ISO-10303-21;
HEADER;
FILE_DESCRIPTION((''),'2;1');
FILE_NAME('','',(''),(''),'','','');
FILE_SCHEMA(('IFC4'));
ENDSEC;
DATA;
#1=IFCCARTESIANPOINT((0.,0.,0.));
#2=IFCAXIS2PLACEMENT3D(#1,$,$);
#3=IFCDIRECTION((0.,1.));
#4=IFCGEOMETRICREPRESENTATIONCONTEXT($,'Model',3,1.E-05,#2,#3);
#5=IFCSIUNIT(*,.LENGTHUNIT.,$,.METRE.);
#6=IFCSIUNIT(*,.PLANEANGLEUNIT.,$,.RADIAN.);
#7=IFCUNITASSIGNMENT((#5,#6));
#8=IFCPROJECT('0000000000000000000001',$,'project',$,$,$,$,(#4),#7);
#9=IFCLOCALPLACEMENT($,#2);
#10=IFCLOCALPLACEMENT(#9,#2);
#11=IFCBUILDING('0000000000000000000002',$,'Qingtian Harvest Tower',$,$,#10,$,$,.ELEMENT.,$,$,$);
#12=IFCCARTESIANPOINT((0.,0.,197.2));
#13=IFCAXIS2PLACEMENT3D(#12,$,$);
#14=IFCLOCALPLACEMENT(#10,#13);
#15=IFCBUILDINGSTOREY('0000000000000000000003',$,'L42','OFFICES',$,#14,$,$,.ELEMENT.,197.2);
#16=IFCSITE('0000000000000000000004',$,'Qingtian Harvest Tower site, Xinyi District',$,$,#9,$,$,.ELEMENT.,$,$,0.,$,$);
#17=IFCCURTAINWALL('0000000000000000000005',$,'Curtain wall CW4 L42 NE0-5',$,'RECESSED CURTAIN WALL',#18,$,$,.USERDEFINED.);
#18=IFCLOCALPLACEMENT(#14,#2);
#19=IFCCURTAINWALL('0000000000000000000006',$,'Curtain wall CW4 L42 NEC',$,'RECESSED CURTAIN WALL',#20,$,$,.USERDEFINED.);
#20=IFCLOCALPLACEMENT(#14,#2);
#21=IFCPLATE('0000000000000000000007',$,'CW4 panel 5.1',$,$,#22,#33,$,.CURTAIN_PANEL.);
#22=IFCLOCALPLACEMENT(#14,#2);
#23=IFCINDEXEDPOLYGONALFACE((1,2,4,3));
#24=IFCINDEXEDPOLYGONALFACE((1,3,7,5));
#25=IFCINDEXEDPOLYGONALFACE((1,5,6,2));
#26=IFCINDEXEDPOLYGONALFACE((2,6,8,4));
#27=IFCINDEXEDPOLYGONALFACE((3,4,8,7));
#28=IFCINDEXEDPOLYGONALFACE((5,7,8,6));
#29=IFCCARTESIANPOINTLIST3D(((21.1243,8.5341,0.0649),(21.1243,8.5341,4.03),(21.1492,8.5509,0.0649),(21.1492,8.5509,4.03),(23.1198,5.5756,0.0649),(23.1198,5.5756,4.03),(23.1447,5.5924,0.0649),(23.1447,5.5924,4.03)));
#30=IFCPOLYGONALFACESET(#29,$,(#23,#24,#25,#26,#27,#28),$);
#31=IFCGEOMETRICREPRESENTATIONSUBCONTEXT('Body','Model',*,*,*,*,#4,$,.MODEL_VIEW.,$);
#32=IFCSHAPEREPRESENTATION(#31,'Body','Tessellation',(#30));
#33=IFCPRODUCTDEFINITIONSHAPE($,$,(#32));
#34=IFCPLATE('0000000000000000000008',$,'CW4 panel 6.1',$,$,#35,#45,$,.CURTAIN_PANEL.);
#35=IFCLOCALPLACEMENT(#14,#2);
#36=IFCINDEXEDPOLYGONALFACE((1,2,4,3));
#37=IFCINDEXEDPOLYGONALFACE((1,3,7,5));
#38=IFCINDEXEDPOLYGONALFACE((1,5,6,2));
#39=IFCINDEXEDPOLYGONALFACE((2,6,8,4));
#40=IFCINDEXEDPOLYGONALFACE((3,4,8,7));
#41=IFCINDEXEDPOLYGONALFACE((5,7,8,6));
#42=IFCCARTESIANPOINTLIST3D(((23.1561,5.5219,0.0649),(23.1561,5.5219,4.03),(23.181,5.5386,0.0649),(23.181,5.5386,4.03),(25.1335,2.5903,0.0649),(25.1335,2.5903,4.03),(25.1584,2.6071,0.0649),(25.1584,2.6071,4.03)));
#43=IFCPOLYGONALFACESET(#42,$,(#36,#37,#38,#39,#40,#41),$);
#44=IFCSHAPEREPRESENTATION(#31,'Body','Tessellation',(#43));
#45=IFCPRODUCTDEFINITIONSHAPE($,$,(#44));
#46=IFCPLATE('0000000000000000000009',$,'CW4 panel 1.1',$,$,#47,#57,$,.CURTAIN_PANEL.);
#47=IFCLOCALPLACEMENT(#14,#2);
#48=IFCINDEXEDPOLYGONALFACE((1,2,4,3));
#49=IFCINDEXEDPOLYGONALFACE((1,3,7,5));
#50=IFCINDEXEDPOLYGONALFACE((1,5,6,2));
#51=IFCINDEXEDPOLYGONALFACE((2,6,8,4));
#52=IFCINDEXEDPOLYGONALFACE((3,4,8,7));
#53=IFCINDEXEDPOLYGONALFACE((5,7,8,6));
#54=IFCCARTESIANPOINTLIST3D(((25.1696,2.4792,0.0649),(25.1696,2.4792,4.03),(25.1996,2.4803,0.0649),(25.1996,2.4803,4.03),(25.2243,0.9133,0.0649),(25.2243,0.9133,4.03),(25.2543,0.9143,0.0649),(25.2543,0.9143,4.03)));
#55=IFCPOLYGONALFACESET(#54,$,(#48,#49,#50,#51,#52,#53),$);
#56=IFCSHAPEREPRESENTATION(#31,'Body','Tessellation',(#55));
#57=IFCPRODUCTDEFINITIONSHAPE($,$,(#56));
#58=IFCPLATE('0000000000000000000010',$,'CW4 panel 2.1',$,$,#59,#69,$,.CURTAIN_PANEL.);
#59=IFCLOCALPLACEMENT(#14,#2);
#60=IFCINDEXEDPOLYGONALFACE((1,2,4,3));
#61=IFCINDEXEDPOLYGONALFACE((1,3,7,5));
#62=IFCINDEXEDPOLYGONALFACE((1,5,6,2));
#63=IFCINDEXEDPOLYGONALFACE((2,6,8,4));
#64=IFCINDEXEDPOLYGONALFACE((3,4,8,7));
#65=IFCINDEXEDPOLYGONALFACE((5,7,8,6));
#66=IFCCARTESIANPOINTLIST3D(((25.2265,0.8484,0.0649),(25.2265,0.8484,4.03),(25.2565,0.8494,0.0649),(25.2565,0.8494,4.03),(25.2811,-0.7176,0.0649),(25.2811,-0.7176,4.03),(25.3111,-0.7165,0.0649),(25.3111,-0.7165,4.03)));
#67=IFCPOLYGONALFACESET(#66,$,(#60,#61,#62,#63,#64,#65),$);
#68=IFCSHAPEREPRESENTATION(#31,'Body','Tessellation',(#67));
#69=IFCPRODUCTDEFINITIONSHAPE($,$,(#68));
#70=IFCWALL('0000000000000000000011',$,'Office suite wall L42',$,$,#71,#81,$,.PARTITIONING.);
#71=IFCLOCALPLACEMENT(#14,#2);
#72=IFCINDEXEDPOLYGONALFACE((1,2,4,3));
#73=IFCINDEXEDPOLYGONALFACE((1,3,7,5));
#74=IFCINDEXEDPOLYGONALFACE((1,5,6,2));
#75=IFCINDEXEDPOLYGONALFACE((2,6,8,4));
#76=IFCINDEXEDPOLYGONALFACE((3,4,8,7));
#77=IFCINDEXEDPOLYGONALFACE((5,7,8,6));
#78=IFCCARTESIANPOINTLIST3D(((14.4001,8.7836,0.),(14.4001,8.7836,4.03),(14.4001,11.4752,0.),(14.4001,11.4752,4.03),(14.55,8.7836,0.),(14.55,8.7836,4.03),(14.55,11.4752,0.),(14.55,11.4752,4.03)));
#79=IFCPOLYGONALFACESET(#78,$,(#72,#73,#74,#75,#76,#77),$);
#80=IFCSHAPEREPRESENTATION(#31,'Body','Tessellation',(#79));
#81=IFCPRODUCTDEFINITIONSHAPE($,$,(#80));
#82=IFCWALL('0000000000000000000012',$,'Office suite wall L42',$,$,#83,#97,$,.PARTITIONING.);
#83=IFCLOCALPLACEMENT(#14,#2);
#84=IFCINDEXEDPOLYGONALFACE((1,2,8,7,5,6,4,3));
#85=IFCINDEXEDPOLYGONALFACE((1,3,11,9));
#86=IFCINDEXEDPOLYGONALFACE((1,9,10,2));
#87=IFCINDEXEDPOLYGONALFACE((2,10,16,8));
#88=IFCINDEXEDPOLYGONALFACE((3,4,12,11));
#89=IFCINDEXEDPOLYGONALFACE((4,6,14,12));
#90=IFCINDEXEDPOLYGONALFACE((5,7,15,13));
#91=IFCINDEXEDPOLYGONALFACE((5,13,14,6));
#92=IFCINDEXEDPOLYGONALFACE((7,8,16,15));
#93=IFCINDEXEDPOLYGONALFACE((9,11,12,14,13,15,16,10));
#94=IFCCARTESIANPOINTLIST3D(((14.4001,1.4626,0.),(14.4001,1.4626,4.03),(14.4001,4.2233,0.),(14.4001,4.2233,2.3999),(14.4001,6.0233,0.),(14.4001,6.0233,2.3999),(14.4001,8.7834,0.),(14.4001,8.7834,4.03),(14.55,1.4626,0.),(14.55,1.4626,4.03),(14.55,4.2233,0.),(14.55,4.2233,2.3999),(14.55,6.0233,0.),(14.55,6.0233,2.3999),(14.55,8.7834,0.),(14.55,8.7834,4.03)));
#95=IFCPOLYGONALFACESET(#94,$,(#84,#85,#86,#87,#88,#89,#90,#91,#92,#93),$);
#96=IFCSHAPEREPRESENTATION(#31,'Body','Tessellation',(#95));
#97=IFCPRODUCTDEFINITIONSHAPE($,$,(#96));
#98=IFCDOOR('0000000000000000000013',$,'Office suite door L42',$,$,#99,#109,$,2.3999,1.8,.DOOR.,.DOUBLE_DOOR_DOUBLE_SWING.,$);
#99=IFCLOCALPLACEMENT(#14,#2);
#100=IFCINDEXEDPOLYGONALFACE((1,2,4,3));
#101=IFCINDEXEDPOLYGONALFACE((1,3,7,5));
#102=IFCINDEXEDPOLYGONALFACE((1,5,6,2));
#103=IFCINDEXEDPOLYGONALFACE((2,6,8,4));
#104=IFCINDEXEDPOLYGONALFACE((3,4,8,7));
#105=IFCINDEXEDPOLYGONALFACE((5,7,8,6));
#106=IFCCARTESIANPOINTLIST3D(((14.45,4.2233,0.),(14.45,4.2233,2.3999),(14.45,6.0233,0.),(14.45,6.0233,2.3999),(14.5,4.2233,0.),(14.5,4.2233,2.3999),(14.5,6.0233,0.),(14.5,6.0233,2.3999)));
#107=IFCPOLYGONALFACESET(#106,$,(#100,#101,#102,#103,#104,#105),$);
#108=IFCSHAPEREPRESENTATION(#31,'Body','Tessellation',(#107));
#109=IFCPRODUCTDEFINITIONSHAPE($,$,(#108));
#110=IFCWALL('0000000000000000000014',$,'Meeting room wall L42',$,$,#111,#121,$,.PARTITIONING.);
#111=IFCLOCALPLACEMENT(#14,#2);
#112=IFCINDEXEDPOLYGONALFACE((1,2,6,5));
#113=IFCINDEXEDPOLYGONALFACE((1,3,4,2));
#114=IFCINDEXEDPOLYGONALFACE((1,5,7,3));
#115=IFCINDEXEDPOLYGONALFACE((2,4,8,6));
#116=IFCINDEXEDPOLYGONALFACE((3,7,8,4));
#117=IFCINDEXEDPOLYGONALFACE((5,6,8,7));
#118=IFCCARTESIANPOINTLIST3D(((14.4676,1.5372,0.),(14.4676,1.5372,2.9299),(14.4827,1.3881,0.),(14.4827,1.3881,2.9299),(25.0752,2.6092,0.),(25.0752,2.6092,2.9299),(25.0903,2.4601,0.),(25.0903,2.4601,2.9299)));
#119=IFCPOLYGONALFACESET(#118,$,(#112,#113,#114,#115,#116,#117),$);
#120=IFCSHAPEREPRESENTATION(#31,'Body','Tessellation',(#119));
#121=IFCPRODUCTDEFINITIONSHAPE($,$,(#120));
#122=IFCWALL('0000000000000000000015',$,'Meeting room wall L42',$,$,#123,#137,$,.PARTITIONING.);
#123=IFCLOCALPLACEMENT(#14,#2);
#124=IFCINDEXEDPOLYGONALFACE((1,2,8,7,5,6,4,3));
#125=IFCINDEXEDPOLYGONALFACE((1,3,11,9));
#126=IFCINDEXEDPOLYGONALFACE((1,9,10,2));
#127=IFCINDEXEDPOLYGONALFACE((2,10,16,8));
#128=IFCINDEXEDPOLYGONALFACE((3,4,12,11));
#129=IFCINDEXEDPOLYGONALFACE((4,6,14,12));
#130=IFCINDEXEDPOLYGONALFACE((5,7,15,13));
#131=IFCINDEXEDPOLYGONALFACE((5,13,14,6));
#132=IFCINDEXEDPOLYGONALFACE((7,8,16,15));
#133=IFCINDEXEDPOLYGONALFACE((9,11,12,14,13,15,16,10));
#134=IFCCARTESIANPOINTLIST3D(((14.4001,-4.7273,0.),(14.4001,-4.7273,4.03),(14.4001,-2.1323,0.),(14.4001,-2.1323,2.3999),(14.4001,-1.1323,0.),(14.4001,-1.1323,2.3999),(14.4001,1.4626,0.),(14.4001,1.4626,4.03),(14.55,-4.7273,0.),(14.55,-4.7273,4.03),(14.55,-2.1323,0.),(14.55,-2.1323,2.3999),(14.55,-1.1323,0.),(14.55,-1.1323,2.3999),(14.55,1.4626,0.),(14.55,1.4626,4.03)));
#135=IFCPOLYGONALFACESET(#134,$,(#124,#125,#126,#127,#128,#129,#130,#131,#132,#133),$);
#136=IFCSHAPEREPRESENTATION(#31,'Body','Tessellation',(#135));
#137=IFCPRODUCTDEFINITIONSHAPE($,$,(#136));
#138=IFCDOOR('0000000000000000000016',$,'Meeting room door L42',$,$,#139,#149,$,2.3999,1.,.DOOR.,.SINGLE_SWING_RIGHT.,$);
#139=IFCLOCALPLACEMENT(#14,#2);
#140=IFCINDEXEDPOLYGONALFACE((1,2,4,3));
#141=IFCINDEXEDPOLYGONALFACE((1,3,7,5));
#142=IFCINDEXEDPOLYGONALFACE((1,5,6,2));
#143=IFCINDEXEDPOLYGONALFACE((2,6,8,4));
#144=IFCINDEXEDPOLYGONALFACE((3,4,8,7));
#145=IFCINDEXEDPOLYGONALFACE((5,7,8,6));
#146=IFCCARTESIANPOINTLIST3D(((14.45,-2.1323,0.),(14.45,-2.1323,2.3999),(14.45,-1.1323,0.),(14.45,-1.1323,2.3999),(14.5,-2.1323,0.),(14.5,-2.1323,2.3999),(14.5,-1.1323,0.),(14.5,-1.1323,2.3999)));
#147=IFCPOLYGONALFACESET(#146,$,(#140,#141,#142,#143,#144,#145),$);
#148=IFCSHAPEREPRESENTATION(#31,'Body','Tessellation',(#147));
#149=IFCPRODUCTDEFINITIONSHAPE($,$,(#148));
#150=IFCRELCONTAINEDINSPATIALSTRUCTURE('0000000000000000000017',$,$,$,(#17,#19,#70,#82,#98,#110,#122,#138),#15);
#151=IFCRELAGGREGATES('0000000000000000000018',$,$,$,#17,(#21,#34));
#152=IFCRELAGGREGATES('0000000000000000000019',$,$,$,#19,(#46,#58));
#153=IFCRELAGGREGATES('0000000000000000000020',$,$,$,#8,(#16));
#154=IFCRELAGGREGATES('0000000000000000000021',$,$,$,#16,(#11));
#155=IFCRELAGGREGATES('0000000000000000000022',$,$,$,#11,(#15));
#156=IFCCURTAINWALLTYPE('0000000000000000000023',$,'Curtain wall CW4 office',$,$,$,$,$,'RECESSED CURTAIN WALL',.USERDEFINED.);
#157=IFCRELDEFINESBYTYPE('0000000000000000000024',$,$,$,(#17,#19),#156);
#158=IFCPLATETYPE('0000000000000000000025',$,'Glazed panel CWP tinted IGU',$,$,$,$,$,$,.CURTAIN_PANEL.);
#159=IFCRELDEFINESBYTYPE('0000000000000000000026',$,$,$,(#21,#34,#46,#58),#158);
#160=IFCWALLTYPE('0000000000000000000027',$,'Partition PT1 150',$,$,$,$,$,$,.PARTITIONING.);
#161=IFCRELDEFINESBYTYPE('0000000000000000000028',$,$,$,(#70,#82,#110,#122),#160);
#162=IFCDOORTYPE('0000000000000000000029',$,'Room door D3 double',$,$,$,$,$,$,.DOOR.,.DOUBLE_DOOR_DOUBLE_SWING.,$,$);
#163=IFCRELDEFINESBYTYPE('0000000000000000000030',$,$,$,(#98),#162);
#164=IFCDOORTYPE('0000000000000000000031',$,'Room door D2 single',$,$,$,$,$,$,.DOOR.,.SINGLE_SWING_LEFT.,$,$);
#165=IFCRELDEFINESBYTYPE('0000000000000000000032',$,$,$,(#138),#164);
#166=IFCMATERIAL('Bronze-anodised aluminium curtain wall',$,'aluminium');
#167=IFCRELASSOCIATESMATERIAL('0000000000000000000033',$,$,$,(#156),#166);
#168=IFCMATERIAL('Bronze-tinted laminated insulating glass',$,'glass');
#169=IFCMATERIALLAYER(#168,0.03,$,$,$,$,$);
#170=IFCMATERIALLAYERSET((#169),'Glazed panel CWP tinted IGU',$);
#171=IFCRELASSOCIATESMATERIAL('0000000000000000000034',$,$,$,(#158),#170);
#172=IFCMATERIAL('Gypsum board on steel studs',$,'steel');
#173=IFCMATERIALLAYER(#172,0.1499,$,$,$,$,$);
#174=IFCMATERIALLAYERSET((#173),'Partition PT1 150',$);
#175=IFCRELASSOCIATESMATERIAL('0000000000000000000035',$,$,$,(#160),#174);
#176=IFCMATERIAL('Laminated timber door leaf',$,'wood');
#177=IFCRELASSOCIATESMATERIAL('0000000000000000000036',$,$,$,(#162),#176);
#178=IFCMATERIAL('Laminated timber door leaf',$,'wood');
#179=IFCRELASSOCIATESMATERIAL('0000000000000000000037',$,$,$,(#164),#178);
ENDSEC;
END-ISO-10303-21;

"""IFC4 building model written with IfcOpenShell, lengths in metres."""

from ifc_helpers import new_model, si_unit, direction, frame, frame_2d, origin, origin_2d, place, context, subcontext, project, spatial, rectangle, extrude, material, layer, layer_set, type_object, element, fill, aggregate, save


model = new_model("IFC4")

# Units and contexts
model_context = context("Model", 3, precision=1e-05, world=origin(), true_north=direction((0.0, 1.0)))
body_context = subcontext(model_context, "Body", "Model", "MODEL_VIEW")
ifc_project = project(units=[si_unit("LENGTHUNIT", "METRE"), si_unit("PLANEANGLEUNIT", "RADIAN")], contexts=[model_context])

# Site, building, storey
site_placement = place(None, origin())
site = spatial("IfcSite", under=ifc_project, at=site_placement, Name="Qingtian Harvest Tower site, Xinyi District", CompositionType="ELEMENT", RefElevation=0.0)
building_placement = place(site_placement, origin())
building = spatial("IfcBuilding", under=site, at=building_placement, Name="Qingtian Harvest Tower", CompositionType="ELEMENT")
storey_placement = place(building_placement, frame((0.0, 0.0, 197.2)))
storey = spatial("IfcBuildingStorey", under=building, at=storey_placement, Name="L42", Description="OFFICES", CompositionType="ELEMENT", Elevation=197.2)

# Curtain walls
ifc_material_1 = material(Name="Bronze-anodised aluminium curtain wall", Category="aluminium")
curtain_wall_type = type_object("IfcCurtainWallType", Name="Curtain wall CW4 office", ElementType="RECESSED CURTAIN WALL", PredefinedType="USERDEFINED", material=ifc_material_1)
curtain_wall_1_placement = place(storey_placement, origin())
curtain_wall_1 = element("IfcCurtainWall", 1, at=curtain_wall_1_placement, inside=storey, type_object=curtain_wall_type, Name="Curtain wall CW4 L42 NE0-5", ObjectType="RECESSED CURTAIN WALL", PredefinedType="USERDEFINED")
curtain_wall_2_placement = place(storey_placement, origin())
curtain_wall_2 = element("IfcCurtainWall", 2, at=curtain_wall_2_placement, inside=storey, type_object=curtain_wall_type, Name="Curtain wall CW4 L42 NEC", ObjectType="RECESSED CURTAIN WALL", PredefinedType="USERDEFINED")

# Plates
ifc_material_2 = material(Name="Bronze-tinted laminated insulating glass", Category="glass")
ifc_layer_1 = layer(ifc_material_2, 0.03)
ifc_layer_set_1 = layer_set([ifc_layer_1], Name="Glazed panel CWP tinted IGU")
plate_type = type_object("IfcPlateType", Name="Glazed panel CWP tinted IGU", PredefinedType="CURTAIN_PANEL", material=ifc_layer_set_1)
plate_1_placement = place(storey_placement, frame((22.1345, 7.0632, 0.0649), z_axis=(0.0, 0.0, 1.0), x_axis=(0.559193, -0.829038, 0.0)))
plate_1 = element("IfcPlate", 3, at=plate_1_placement, type_object=plate_type, Name="CW4 panel 5.1", PredefinedType="CURTAIN_PANEL", context=body_context, shape_type="SweptSolid", body=[
    extrude(rectangle(XDim=3.5686, YDim=0.03, at=origin_2d()), origin(), (0.0, 0.0, 1.0), 3.9651),
])
plate_2_placement = place(storey_placement, frame((24.1572, 4.0645, 0.0649), z_axis=(0.0, 0.0, 1.0), x_axis=(0.559193, -0.829038, 0.0)))
plate_2 = element("IfcPlate", 4, at=plate_2_placement, type_object=plate_type, Name="CW4 panel 6.1", PredefinedType="CURTAIN_PANEL", context=body_context, shape_type="SweptSolid", body=[
    extrude(rectangle(XDim=3.5361, YDim=0.03, at=origin_2d()), origin(), (0.0, 0.0, 1.0), 3.9651),
])
aggregate(curtain_wall_1, [plate_1, plate_2])
plate_3_placement = place(storey_placement, frame((25.2119, 1.6968, 0.0649), z_axis=(0.0, 0.0, 1.0), x_axis=(0.034899, -0.999391, 0.0)))
plate_3 = element("IfcPlate", 5, at=plate_3_placement, type_object=plate_type, Name="CW4 panel 1.1", PredefinedType="CURTAIN_PANEL", context=body_context, shape_type="SweptSolid", body=[
    extrude(rectangle(XDim=1.5669, YDim=0.03, at=origin_2d()), origin(), (0.0, 0.0, 1.0), 3.9651),
])
plate_4_placement = place(storey_placement, frame((25.2688, 0.0659, 0.0649), z_axis=(0.0, 0.0, 1.0), x_axis=(0.034899, -0.999391, 0.0)))
plate_4 = element("IfcPlate", 6, at=plate_4_placement, type_object=plate_type, Name="CW4 panel 2.1", PredefinedType="CURTAIN_PANEL", context=body_context, shape_type="SweptSolid", body=[
    extrude(rectangle(XDim=1.5669, YDim=0.03, at=origin_2d()), origin(), (0.0, 0.0, 1.0), 3.9651),
])
aggregate(curtain_wall_2, [plate_3, plate_4])

# Wall
ifc_material_3 = material(Name="Gypsum board on steel studs", Category="steel")
ifc_layer_2 = layer(ifc_material_3, 0.1499)
ifc_layer_set_2 = layer_set([ifc_layer_2], Name="Partition PT1 150")
wall_type = type_object("IfcWallType", Name="Partition PT1 150", PredefinedType="PARTITIONING", material=ifc_layer_set_2)
wall_1_placement = place(storey_placement, frame((14.4751, 11.4751, 0.0), z_axis=(0.0, 0.0, 1.0), x_axis=(0.0, -1.0, 0.0)))
element("IfcWall", 7, at=wall_1_placement, inside=storey, type_object=wall_type, Name="Office suite wall L42", PredefinedType="PARTITIONING", context=body_context, shape_type="SweptSolid", body=[
    extrude(rectangle(XDim=2.6917, YDim=0.1499, at=frame_2d((1.3457, 0.0))), origin(), (0.0, 0.0, 1.0), 4.03),
])

# Wall, opening, door
wall_2_placement = place(storey_placement, frame((14.4751, 8.7834, 0.0), z_axis=(0.0, 0.0, 1.0), x_axis=(0.0, -1.0, 0.0)))
wall_2 = element("IfcWall", 8, at=wall_2_placement, inside=storey, type_object=wall_type, Name="Office suite wall L42", PredefinedType="PARTITIONING", context=body_context, shape_type="SweptSolid", body=[
    extrude(rectangle(XDim=7.3208, YDim=0.1499, at=frame_2d((3.6604, 0.0))), origin(), (0.0, 0.0, 1.0), 4.03),
])
opening_1_placement = place(wall_2_placement, frame((2.7603, 0.0, 0.0)))
opening_1 = element("IfcOpeningElement", 9, at=opening_1_placement, cuts=wall_2, PredefinedType="OPENING", context=body_context, shape_type="SweptSolid", body=[
    extrude(rectangle(XDim=1.8, YDim=2.3999, at=frame_2d((0.8999, 1.2))), frame((0.0, 0.085, 0.0), z_axis=(0.0, -1.0, 0.0), x_axis=(1.0, 0.0, 0.0)), (0.0, 0.0, 1.0), 0.1699),
])
ifc_material_4 = material(Name="Laminated timber door leaf", Category="wood")
door_type_1 = type_object("IfcDoorType", Name="Room door D3 double", OperationType="DOUBLE_DOOR_DOUBLE_SWING", PredefinedType="DOOR", material=ifc_material_4)
door_1_placement = place(opening_1_placement, origin())
door_1 = element("IfcDoor", 10, at=door_1_placement, inside=storey, type_object=door_type_1, Name="Office suite door L42", OperationType="DOUBLE_DOOR_DOUBLE_SWING", OverallHeight=2.3999, OverallWidth=1.8, PredefinedType="DOOR", context=body_context, shape_type="SweptSolid", body=[
    extrude(rectangle(XDim=1.8, YDim=2.3999, at=frame_2d((0.8999, 1.2))), frame((0.0, 0.0249, 0.0), z_axis=(0.0, -1.0, 0.0), x_axis=(1.0, 0.0, 0.0)), (0.0, 0.0, 1.0), 0.05),
])
fill(opening_1, door_1)

# Wall
wall_3_placement = place(storey_placement, frame((25.0828, 2.5347, 0.0), z_axis=(0.0, 0.0, 1.0), x_axis=(-0.994932, -0.100549, 0.0)))
element("IfcWall", 11, at=wall_3_placement, inside=storey, type_object=wall_type, Name="Meeting room wall L42", PredefinedType="PARTITIONING", context=body_context, shape_type="SweptSolid", body=[
    extrude(rectangle(XDim=10.6616, YDim=0.1499, at=frame_2d((5.3308, 0.0))), origin(), (0.0, 0.0, 1.0), 2.9299),
])

# Wall, opening, door
wall_4_placement = place(storey_placement, frame((14.4751, 1.4626, 0.0), z_axis=(0.0, 0.0, 1.0), x_axis=(0.0, -1.0, 0.0)))
wall_4 = element("IfcWall", 12, at=wall_4_placement, inside=storey, type_object=wall_type, Name="Meeting room wall L42", PredefinedType="PARTITIONING", context=body_context, shape_type="SweptSolid", body=[
    extrude(rectangle(XDim=6.1899, YDim=0.1499, at=frame_2d((3.095, 0.0))), origin(), (0.0, 0.0, 1.0), 4.03),
])
opening_2_placement = place(wall_4_placement, frame((2.595, 0.0, 0.0)))
opening_2 = element("IfcOpeningElement", 13, at=opening_2_placement, cuts=wall_4, PredefinedType="OPENING", context=body_context, shape_type="SweptSolid", body=[
    extrude(rectangle(XDim=1.0, YDim=2.3999, at=frame_2d((0.5, 1.2))), frame((0.0, 0.085, 0.0), z_axis=(0.0, -1.0, 0.0), x_axis=(1.0, 0.0, 0.0)), (0.0, 0.0, 1.0), 0.1699),
])
ifc_material_5 = material(Name="Laminated timber door leaf", Category="wood")
door_type_2 = type_object("IfcDoorType", Name="Room door D2 single", OperationType="SINGLE_SWING_LEFT", PredefinedType="DOOR", material=ifc_material_5)
door_2_placement = place(opening_2_placement, origin())
door_2 = element("IfcDoor", 14, at=door_2_placement, inside=storey, type_object=door_type_2, Name="Meeting room door L42", OperationType="SINGLE_SWING_RIGHT", OverallHeight=2.3999, OverallWidth=1.0, PredefinedType="DOOR", context=body_context, shape_type="SweptSolid", body=[
    extrude(rectangle(XDim=1.0, YDim=2.3999, at=frame_2d((0.5, 1.2))), frame((0.0, 0.0249, 0.0), z_axis=(0.0, -1.0, 0.0), x_axis=(1.0, 0.0, 0.0)), (0.0, 0.0, 1.0), 0.05),
])
fill(opening_2, door_2)

save(model, "model.ifc")
